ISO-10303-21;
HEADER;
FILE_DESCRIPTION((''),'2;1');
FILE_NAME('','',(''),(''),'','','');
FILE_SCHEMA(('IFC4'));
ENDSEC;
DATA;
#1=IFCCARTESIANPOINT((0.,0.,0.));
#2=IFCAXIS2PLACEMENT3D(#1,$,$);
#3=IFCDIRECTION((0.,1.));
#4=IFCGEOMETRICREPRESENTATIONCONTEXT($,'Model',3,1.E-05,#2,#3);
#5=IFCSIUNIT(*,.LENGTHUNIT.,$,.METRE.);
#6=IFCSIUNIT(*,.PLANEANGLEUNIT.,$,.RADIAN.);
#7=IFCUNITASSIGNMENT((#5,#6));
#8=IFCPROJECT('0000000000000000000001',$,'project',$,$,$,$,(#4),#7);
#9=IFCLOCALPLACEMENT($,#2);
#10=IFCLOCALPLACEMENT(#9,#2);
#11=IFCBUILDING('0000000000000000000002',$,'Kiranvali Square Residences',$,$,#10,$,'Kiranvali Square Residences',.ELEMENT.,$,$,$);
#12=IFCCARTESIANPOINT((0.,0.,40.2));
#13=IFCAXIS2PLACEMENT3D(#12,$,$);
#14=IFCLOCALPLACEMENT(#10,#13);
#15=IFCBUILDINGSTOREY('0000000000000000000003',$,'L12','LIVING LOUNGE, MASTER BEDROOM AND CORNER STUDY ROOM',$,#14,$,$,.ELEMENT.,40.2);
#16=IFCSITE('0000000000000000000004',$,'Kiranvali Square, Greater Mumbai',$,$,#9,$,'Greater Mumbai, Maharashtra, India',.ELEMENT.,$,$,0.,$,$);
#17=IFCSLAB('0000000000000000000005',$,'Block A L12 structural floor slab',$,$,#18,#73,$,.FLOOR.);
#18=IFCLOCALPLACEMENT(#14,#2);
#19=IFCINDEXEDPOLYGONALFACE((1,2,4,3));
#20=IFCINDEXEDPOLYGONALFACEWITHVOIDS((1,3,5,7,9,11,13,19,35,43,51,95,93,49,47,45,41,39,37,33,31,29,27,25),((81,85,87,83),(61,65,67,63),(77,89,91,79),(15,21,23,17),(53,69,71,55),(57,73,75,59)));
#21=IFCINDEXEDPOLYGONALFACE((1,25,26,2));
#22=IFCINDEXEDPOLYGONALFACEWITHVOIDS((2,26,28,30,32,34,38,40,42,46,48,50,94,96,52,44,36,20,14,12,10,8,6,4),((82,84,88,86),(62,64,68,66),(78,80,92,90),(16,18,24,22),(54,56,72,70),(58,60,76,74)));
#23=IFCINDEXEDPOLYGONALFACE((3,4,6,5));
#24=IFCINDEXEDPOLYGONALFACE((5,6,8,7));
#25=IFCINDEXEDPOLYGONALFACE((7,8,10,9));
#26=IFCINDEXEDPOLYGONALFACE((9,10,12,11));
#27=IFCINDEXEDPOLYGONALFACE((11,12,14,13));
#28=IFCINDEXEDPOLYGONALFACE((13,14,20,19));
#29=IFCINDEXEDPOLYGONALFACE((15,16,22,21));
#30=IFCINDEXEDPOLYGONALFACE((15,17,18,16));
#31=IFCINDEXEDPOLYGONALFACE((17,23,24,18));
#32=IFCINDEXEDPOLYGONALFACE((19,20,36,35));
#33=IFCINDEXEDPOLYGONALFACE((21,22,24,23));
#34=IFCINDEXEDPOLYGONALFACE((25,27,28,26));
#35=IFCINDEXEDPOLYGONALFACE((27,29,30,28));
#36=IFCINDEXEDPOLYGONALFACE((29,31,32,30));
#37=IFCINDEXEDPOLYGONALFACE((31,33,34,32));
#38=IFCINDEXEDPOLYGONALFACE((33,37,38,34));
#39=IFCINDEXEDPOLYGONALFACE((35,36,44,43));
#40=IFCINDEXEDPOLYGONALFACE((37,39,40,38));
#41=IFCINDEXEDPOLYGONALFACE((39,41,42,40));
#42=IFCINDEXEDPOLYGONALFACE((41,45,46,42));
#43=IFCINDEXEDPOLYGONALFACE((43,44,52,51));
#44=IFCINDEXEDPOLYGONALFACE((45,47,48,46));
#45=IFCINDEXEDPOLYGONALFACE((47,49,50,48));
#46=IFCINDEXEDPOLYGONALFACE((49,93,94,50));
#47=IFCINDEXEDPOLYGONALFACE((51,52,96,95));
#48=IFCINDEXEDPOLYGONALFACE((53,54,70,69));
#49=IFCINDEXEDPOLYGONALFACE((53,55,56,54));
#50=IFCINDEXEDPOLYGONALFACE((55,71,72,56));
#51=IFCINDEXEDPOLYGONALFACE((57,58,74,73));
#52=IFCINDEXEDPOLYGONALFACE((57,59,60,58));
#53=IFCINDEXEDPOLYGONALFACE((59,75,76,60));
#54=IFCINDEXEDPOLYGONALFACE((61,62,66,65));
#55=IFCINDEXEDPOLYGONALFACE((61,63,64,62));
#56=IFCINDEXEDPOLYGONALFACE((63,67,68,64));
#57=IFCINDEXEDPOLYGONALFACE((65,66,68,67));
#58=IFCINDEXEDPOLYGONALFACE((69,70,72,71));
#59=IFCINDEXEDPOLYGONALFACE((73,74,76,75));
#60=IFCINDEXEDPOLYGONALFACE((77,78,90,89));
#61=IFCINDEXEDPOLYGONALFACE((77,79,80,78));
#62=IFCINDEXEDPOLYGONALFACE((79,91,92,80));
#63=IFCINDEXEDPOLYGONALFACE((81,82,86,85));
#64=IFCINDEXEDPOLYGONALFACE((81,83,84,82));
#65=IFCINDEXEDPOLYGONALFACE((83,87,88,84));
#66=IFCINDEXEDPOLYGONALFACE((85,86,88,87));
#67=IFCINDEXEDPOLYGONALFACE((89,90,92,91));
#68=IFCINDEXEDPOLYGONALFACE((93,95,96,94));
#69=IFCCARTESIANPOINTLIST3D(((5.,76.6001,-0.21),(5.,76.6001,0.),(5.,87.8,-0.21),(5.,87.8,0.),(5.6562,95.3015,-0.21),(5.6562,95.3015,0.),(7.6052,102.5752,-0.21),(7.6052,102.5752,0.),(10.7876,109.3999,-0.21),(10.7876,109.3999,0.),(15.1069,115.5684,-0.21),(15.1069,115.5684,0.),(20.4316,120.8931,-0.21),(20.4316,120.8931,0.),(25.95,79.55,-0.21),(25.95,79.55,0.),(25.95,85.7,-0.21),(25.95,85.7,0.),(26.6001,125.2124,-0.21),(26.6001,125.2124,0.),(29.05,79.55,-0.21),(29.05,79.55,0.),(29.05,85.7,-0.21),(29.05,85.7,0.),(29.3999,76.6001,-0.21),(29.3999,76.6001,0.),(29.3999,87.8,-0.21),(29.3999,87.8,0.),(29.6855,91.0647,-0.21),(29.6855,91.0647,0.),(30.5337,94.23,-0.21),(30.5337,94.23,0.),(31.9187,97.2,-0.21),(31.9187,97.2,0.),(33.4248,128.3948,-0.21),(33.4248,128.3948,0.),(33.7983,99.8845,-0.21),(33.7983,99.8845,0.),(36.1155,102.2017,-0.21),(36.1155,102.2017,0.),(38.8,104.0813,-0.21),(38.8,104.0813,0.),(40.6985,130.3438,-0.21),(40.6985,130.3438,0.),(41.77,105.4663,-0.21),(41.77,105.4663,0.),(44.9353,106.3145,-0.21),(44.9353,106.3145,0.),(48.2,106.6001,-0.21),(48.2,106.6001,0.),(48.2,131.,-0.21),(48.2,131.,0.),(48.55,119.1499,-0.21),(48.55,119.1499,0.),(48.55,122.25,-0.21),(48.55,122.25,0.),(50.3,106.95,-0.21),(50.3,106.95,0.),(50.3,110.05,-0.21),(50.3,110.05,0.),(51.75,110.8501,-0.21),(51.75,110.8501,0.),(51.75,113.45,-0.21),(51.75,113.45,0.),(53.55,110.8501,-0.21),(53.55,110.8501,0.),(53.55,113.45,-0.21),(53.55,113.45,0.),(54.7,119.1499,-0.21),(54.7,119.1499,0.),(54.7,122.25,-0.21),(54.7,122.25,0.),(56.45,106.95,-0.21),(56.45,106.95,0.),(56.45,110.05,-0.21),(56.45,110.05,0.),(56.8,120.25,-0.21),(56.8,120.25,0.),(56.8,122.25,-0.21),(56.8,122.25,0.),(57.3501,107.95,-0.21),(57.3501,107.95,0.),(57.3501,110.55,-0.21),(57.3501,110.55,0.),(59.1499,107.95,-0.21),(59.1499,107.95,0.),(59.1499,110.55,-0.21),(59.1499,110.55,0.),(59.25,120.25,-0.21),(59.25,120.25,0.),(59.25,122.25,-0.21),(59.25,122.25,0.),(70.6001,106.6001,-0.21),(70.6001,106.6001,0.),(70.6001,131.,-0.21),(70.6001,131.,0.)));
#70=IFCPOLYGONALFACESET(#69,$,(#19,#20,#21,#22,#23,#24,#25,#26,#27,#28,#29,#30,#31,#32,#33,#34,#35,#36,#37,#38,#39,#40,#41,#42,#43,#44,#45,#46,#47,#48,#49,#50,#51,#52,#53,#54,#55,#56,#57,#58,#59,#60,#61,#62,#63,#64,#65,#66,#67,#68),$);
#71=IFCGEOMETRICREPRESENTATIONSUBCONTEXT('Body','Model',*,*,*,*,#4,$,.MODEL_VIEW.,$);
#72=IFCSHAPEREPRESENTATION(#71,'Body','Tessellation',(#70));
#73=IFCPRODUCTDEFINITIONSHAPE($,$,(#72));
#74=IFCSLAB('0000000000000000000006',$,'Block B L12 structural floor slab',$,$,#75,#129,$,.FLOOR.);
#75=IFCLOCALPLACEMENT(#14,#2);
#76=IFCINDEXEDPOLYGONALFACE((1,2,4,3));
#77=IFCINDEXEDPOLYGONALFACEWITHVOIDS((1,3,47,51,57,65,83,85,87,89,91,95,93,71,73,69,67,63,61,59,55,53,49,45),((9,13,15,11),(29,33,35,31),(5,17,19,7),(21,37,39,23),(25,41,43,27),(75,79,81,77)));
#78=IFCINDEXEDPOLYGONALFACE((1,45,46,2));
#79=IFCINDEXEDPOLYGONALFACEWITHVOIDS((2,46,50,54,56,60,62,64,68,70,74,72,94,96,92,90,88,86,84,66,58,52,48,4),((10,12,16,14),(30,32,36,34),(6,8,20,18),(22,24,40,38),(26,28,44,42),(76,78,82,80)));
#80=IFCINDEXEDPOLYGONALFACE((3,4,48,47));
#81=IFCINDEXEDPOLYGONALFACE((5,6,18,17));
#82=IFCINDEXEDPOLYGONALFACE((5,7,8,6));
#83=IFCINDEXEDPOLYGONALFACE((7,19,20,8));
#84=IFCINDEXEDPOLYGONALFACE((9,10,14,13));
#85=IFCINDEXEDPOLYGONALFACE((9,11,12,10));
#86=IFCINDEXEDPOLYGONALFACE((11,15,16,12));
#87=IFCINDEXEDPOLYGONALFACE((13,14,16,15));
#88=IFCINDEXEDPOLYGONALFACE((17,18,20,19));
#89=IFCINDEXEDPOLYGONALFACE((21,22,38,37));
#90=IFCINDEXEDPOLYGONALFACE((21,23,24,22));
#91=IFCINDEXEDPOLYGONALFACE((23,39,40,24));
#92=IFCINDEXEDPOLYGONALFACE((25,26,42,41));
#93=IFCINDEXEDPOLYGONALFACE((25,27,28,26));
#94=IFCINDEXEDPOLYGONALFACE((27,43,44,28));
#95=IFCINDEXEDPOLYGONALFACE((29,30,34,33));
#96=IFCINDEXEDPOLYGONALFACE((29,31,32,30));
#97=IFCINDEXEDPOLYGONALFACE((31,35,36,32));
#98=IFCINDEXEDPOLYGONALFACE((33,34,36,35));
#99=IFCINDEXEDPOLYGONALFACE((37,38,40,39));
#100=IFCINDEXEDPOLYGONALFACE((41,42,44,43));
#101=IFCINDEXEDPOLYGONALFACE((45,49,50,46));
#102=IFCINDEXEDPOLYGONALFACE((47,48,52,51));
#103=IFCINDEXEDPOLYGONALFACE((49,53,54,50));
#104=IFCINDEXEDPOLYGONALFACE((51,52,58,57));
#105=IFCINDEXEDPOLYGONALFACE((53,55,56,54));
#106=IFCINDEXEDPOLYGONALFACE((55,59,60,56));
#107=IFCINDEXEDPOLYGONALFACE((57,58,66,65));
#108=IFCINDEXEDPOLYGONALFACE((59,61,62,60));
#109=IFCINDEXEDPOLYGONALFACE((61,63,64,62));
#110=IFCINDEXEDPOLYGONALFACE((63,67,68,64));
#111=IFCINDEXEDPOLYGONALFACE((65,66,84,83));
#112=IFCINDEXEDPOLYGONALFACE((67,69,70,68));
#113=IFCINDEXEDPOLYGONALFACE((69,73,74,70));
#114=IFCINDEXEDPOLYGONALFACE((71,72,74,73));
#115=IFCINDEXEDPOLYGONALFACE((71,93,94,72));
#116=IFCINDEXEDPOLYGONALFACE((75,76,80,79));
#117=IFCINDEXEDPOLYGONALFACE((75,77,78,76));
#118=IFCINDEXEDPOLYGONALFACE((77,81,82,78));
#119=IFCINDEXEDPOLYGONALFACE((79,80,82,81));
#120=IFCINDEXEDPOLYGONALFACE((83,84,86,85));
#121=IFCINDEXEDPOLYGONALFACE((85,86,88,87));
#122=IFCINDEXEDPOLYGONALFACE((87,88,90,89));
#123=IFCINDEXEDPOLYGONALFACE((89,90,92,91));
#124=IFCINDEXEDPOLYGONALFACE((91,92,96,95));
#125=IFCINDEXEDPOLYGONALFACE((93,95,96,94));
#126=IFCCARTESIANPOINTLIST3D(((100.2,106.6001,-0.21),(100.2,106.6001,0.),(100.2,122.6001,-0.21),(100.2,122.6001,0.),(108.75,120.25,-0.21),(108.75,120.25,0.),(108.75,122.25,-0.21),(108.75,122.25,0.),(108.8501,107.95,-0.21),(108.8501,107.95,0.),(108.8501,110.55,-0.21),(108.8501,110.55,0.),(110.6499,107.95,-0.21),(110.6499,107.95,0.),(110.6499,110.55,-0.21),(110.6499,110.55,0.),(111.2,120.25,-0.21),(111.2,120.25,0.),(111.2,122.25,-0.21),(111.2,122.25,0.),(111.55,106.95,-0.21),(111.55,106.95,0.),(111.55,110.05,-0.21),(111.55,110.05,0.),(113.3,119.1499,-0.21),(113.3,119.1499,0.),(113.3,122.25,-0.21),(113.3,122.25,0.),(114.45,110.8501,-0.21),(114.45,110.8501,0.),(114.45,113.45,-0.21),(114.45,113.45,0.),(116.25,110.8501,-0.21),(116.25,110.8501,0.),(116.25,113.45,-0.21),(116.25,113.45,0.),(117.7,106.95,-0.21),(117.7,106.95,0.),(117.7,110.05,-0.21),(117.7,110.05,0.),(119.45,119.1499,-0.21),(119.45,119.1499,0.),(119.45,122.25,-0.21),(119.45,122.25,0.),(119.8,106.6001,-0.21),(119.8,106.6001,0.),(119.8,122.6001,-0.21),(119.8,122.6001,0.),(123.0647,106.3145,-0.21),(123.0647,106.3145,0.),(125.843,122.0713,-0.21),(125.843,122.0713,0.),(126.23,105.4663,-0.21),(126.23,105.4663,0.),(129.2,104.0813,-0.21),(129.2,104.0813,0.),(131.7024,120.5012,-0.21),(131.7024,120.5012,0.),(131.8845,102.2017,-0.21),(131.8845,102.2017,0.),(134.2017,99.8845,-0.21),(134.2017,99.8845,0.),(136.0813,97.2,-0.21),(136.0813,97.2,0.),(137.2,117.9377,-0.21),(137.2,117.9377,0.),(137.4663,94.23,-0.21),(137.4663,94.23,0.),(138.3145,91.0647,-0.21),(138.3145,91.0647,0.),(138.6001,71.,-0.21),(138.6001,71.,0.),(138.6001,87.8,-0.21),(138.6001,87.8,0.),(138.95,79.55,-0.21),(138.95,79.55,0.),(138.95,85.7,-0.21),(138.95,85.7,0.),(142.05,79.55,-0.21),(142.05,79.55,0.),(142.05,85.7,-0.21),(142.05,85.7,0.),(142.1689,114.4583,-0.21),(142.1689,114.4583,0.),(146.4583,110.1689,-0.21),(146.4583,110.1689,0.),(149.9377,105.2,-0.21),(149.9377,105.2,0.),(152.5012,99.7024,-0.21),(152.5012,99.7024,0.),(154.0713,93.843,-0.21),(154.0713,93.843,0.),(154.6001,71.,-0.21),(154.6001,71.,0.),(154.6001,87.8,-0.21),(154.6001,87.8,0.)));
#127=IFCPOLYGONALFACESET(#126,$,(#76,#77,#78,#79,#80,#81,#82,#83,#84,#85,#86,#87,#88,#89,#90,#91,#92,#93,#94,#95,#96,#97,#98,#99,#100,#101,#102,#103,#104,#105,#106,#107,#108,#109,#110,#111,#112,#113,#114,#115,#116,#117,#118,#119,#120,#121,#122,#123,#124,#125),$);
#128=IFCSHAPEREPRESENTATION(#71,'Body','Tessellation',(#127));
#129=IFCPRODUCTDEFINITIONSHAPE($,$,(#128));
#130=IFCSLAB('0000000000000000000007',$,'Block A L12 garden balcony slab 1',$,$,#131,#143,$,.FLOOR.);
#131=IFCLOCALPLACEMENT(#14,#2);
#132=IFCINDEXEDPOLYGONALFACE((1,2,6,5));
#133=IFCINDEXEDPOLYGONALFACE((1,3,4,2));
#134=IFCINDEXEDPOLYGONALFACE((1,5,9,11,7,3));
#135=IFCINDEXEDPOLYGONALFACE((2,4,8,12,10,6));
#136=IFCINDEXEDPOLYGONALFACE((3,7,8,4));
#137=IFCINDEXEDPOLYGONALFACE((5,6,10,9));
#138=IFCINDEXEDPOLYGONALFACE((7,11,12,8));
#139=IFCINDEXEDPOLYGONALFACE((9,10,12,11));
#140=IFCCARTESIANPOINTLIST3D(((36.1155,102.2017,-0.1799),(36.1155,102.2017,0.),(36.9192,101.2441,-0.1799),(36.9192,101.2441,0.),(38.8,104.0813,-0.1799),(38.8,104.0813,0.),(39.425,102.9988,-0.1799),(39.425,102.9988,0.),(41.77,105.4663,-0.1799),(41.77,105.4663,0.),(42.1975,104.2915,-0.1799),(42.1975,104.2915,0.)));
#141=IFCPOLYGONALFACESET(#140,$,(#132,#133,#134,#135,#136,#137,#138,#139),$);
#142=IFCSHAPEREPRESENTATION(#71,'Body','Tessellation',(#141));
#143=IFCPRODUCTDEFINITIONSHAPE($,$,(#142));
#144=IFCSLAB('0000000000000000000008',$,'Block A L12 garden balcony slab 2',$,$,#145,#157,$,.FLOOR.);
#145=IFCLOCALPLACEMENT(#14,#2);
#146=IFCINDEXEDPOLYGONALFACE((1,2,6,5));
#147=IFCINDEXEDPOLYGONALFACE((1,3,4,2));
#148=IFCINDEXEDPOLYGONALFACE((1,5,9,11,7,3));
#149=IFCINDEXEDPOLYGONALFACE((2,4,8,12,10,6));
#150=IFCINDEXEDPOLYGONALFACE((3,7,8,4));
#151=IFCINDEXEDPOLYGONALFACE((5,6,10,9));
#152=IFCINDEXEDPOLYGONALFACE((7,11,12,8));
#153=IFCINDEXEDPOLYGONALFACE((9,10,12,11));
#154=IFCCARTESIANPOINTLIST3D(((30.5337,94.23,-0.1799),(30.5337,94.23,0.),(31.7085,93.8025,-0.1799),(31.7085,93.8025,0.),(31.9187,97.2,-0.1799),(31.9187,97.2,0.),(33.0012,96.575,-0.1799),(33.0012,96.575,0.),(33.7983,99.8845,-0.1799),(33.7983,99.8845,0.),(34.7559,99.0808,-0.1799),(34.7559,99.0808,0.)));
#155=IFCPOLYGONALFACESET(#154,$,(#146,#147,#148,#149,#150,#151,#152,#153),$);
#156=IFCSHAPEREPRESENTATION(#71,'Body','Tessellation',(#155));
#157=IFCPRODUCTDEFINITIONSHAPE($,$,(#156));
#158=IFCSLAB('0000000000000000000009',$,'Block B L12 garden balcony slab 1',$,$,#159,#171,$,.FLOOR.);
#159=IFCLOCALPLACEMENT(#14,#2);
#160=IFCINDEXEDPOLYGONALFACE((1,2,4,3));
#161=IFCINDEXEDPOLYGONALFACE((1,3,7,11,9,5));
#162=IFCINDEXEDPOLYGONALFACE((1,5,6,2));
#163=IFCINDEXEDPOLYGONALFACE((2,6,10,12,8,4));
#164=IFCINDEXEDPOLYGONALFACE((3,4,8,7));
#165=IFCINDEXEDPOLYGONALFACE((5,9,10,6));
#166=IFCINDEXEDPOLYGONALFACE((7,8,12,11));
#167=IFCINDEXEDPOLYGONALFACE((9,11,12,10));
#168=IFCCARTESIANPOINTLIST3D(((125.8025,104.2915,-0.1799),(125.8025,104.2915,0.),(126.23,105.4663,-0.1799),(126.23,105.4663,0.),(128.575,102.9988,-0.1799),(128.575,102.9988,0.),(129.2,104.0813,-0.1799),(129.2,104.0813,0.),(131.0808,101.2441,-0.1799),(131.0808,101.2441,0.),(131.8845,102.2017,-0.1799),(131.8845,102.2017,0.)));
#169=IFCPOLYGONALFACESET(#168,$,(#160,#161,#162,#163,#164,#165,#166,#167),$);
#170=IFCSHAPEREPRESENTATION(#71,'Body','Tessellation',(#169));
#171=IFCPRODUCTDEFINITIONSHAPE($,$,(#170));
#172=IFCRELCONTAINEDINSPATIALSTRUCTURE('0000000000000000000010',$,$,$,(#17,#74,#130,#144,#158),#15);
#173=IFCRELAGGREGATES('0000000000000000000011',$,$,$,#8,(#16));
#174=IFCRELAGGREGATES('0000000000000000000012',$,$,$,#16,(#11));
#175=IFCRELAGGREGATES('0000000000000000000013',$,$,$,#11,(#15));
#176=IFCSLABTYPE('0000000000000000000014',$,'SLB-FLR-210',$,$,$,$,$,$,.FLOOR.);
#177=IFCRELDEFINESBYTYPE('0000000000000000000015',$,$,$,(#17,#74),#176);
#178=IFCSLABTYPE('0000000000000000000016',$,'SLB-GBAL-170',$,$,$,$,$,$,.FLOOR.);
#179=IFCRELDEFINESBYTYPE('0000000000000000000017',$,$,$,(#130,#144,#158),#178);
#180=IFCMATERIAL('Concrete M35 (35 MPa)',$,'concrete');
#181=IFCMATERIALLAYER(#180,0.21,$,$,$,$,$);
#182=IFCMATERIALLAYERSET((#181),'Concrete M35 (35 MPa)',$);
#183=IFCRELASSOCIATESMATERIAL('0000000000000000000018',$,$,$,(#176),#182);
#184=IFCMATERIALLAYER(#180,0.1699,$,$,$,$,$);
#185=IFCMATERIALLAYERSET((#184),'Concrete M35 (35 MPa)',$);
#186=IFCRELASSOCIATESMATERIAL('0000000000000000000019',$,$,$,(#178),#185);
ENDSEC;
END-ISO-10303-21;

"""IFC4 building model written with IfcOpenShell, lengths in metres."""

from ifc_helpers import new_model, si_unit, direction, frame, origin, place, context, subcontext, project, spatial, polyline, outline, extrude, material, layer, layer_set, type_object, element, save


model = new_model("IFC4")

# Units and contexts
model_context = context("Model", 3, precision=1e-05, world=origin(), true_north=direction((0.0, 1.0)))
body_context = subcontext(model_context, "Body", "Model", "MODEL_VIEW")
ifc_project = project(units=[si_unit("LENGTHUNIT", "METRE"), si_unit("PLANEANGLEUNIT", "RADIAN")], contexts=[model_context])

# Site, building, storey
site_placement = place(None, origin())
site = spatial("IfcSite", under=ifc_project, at=site_placement, Name="Kiranvali Square, Greater Mumbai", LongName="Greater Mumbai, Maharashtra, India", CompositionType="ELEMENT", RefElevation=0.0)
building_placement = place(site_placement, origin())
building = spatial("IfcBuilding", under=site, at=building_placement, Name="Kiranvali Square Residences", LongName="Kiranvali Square Residences", CompositionType="ELEMENT")
storey_placement = place(building_placement, frame((0.0, 0.0, 40.2)))
storey = spatial("IfcBuildingStorey", under=building, at=storey_placement, Name="L12", Description="LIVING LOUNGE, MASTER BEDROOM AND CORNER STUDY ROOM", CompositionType="ELEMENT", Elevation=40.2)

# Slabs
ifc_material_1 = material(Name="Concrete M35 (35 MPa)", Category="concrete")
ifc_layer_1 = layer(ifc_material_1, 0.21)
ifc_layer_set_1 = layer_set([ifc_layer_1], Name="Concrete M35 (35 MPa)")
slab_type_1 = type_object("IfcSlabType", Name="SLB-FLR-210", PredefinedType="FLOOR", material=ifc_layer_set_1)
slab_1_placement = place(storey_placement, frame((0.0, 0.0, -0.21)))
element("IfcSlab", 1, at=slab_1_placement, inside=storey, type_object=slab_type_1, Name="Block A L12 structural floor slab", PredefinedType="FLOOR", context=body_context, shape_type="SweptSolid", body=[
    extrude(outline(polyline([(70.6001, 106.6001), (70.6001, 131.0), (48.2, 131.0), (40.6985, 130.3438), (33.4248, 128.3948), (26.6001, 125.2124), (20.4316, 120.8931), (15.1069, 115.5684), (10.7876, 109.3999), (7.6052, 102.5752), (5.6562, 95.3015), (5.0, 87.8), (5.0, 76.6001), (29.3999, 76.6001), (29.3999, 87.8), (29.6855, 91.0647), (30.5337, 94.23), (31.9187, 97.2), (33.7983, 99.8845), (36.1155, 102.2017), (38.8, 104.0813), (41.77, 105.4663), (44.9353, 106.3145), (48.2, 106.6001), (70.6001, 106.6001)]), holes=[polyline([(56.8, 120.25), (59.25, 120.25), (59.25, 122.25), (56.8, 122.25), (56.8, 120.25)]), polyline([(57.3501, 107.95), (59.1499, 107.95), (59.1499, 110.55), (57.3501, 110.55), (57.3501, 107.95)]), polyline([(51.75, 110.8501), (53.55, 110.8501), (53.55, 113.45), (51.75, 113.45), (51.75, 110.8501)]), polyline([(54.7, 122.25), (48.55, 122.25), (48.55, 119.1499), (54.7, 119.1499), (54.7, 122.25)]), polyline([(50.3, 106.95), (56.45, 106.95), (56.45, 110.05), (50.3, 110.05), (50.3, 106.95)]), polyline([(25.95, 85.7), (25.95, 79.55), (29.05, 79.55), (29.05, 85.7), (25.95, 85.7)])]), origin(), (0.0, 0.0, 1.0), 0.21),
])
slab_2_placement = place(storey_placement, frame((0.0, 0.0, -0.21)))
element("IfcSlab", 2, at=slab_2_placement, inside=storey, type_object=slab_type_1, Name="Block B L12 structural floor slab", PredefinedType="FLOOR", context=body_context, shape_type="SweptSolid", body=[
    extrude(outline(polyline([(119.8, 106.6001), (123.0647, 106.3145), (126.23, 105.4663), (129.2, 104.0813), (131.8845, 102.2017), (134.2017, 99.8845), (136.0813, 97.2), (137.4663, 94.23), (138.3145, 91.0647), (138.6001, 87.8), (138.6001, 71.0), (154.6001, 71.0), (154.6001, 87.8), (154.0713, 93.843), (152.5012, 99.7024), (149.9377, 105.2), (146.4583, 110.1689), (142.1689, 114.4583), (137.2, 117.9377), (131.7024, 120.5012), (125.843, 122.0713), (119.8, 122.6001), (100.2, 122.6001), (100.2, 106.6001), (119.8, 106.6001)]), holes=[polyline([(108.75, 120.25), (111.2, 120.25), (111.2, 122.25), (108.75, 122.25), (108.75, 120.25)]), polyline([(108.8501, 107.95), (110.6499, 107.95), (110.6499, 110.55), (108.8501, 110.55), (108.8501, 107.95)]), polyline([(114.45, 110.8501), (116.25, 110.8501), (116.25, 113.45), (114.45, 113.45), (114.45, 110.8501)]), polyline([(113.3, 119.1499), (119.45, 119.1499), (119.45, 122.25), (113.3, 122.25), (113.3, 119.1499)]), polyline([(117.7, 110.05), (111.55, 110.05), (111.55, 106.95), (117.7, 106.95), (117.7, 110.05)]), polyline([(138.95, 85.7), (138.95, 79.55), (142.05, 79.55), (142.05, 85.7), (138.95, 85.7)])]), origin(), (0.0, 0.0, 1.0), 0.21),
])
ifc_layer_2 = layer(ifc_material_1, 0.1699)
ifc_layer_set_2 = layer_set([ifc_layer_2], Name="Concrete M35 (35 MPa)")
slab_type_2 = type_object("IfcSlabType", Name="SLB-GBAL-170", PredefinedType="FLOOR", material=ifc_layer_set_2)
slab_3_placement = place(storey_placement, frame((0.0, 0.0, -0.1799)))
element("IfcSlab", 3, at=slab_3_placement, inside=storey, type_object=slab_type_2, Name="Block A L12 garden balcony slab 1", PredefinedType="FLOOR", context=body_context, shape_type="SweptSolid", body=[
    extrude(outline(polyline([(41.77, 105.4663), (38.8, 104.0813), (36.1155, 102.2017), (36.9192, 101.2441), (39.425, 102.9988), (42.1975, 104.2915), (41.77, 105.4663)])), origin(), (0.0, 0.0, 1.0), 0.1799),
])
slab_4_placement = place(storey_placement, frame((0.0, 0.0, -0.1799)))
element("IfcSlab", 4, at=slab_4_placement, inside=storey, type_object=slab_type_2, Name="Block A L12 garden balcony slab 2", PredefinedType="FLOOR", context=body_context, shape_type="SweptSolid", body=[
    extrude(outline(polyline([(33.7983, 99.8845), (31.9187, 97.2), (30.5337, 94.23), (31.7085, 93.8025), (33.0012, 96.575), (34.7559, 99.0808), (33.7983, 99.8845)])), origin(), (0.0, 0.0, 1.0), 0.1799),
])
slab_5_placement = place(storey_placement, frame((0.0, 0.0, -0.1799)))
element("IfcSlab", 5, at=slab_5_placement, inside=storey, type_object=slab_type_2, Name="Block B L12 garden balcony slab 1", PredefinedType="FLOOR", context=body_context, shape_type="SweptSolid", body=[
    extrude(outline(polyline([(125.8025, 104.2915), (128.575, 102.9988), (131.0808, 101.2441), (131.8845, 102.2017), (129.2, 104.0813), (126.23, 105.4663), (125.8025, 104.2915)])), origin(), (0.0, 0.0, 1.0), 0.1799),
])

save(model, "model.ifc")
